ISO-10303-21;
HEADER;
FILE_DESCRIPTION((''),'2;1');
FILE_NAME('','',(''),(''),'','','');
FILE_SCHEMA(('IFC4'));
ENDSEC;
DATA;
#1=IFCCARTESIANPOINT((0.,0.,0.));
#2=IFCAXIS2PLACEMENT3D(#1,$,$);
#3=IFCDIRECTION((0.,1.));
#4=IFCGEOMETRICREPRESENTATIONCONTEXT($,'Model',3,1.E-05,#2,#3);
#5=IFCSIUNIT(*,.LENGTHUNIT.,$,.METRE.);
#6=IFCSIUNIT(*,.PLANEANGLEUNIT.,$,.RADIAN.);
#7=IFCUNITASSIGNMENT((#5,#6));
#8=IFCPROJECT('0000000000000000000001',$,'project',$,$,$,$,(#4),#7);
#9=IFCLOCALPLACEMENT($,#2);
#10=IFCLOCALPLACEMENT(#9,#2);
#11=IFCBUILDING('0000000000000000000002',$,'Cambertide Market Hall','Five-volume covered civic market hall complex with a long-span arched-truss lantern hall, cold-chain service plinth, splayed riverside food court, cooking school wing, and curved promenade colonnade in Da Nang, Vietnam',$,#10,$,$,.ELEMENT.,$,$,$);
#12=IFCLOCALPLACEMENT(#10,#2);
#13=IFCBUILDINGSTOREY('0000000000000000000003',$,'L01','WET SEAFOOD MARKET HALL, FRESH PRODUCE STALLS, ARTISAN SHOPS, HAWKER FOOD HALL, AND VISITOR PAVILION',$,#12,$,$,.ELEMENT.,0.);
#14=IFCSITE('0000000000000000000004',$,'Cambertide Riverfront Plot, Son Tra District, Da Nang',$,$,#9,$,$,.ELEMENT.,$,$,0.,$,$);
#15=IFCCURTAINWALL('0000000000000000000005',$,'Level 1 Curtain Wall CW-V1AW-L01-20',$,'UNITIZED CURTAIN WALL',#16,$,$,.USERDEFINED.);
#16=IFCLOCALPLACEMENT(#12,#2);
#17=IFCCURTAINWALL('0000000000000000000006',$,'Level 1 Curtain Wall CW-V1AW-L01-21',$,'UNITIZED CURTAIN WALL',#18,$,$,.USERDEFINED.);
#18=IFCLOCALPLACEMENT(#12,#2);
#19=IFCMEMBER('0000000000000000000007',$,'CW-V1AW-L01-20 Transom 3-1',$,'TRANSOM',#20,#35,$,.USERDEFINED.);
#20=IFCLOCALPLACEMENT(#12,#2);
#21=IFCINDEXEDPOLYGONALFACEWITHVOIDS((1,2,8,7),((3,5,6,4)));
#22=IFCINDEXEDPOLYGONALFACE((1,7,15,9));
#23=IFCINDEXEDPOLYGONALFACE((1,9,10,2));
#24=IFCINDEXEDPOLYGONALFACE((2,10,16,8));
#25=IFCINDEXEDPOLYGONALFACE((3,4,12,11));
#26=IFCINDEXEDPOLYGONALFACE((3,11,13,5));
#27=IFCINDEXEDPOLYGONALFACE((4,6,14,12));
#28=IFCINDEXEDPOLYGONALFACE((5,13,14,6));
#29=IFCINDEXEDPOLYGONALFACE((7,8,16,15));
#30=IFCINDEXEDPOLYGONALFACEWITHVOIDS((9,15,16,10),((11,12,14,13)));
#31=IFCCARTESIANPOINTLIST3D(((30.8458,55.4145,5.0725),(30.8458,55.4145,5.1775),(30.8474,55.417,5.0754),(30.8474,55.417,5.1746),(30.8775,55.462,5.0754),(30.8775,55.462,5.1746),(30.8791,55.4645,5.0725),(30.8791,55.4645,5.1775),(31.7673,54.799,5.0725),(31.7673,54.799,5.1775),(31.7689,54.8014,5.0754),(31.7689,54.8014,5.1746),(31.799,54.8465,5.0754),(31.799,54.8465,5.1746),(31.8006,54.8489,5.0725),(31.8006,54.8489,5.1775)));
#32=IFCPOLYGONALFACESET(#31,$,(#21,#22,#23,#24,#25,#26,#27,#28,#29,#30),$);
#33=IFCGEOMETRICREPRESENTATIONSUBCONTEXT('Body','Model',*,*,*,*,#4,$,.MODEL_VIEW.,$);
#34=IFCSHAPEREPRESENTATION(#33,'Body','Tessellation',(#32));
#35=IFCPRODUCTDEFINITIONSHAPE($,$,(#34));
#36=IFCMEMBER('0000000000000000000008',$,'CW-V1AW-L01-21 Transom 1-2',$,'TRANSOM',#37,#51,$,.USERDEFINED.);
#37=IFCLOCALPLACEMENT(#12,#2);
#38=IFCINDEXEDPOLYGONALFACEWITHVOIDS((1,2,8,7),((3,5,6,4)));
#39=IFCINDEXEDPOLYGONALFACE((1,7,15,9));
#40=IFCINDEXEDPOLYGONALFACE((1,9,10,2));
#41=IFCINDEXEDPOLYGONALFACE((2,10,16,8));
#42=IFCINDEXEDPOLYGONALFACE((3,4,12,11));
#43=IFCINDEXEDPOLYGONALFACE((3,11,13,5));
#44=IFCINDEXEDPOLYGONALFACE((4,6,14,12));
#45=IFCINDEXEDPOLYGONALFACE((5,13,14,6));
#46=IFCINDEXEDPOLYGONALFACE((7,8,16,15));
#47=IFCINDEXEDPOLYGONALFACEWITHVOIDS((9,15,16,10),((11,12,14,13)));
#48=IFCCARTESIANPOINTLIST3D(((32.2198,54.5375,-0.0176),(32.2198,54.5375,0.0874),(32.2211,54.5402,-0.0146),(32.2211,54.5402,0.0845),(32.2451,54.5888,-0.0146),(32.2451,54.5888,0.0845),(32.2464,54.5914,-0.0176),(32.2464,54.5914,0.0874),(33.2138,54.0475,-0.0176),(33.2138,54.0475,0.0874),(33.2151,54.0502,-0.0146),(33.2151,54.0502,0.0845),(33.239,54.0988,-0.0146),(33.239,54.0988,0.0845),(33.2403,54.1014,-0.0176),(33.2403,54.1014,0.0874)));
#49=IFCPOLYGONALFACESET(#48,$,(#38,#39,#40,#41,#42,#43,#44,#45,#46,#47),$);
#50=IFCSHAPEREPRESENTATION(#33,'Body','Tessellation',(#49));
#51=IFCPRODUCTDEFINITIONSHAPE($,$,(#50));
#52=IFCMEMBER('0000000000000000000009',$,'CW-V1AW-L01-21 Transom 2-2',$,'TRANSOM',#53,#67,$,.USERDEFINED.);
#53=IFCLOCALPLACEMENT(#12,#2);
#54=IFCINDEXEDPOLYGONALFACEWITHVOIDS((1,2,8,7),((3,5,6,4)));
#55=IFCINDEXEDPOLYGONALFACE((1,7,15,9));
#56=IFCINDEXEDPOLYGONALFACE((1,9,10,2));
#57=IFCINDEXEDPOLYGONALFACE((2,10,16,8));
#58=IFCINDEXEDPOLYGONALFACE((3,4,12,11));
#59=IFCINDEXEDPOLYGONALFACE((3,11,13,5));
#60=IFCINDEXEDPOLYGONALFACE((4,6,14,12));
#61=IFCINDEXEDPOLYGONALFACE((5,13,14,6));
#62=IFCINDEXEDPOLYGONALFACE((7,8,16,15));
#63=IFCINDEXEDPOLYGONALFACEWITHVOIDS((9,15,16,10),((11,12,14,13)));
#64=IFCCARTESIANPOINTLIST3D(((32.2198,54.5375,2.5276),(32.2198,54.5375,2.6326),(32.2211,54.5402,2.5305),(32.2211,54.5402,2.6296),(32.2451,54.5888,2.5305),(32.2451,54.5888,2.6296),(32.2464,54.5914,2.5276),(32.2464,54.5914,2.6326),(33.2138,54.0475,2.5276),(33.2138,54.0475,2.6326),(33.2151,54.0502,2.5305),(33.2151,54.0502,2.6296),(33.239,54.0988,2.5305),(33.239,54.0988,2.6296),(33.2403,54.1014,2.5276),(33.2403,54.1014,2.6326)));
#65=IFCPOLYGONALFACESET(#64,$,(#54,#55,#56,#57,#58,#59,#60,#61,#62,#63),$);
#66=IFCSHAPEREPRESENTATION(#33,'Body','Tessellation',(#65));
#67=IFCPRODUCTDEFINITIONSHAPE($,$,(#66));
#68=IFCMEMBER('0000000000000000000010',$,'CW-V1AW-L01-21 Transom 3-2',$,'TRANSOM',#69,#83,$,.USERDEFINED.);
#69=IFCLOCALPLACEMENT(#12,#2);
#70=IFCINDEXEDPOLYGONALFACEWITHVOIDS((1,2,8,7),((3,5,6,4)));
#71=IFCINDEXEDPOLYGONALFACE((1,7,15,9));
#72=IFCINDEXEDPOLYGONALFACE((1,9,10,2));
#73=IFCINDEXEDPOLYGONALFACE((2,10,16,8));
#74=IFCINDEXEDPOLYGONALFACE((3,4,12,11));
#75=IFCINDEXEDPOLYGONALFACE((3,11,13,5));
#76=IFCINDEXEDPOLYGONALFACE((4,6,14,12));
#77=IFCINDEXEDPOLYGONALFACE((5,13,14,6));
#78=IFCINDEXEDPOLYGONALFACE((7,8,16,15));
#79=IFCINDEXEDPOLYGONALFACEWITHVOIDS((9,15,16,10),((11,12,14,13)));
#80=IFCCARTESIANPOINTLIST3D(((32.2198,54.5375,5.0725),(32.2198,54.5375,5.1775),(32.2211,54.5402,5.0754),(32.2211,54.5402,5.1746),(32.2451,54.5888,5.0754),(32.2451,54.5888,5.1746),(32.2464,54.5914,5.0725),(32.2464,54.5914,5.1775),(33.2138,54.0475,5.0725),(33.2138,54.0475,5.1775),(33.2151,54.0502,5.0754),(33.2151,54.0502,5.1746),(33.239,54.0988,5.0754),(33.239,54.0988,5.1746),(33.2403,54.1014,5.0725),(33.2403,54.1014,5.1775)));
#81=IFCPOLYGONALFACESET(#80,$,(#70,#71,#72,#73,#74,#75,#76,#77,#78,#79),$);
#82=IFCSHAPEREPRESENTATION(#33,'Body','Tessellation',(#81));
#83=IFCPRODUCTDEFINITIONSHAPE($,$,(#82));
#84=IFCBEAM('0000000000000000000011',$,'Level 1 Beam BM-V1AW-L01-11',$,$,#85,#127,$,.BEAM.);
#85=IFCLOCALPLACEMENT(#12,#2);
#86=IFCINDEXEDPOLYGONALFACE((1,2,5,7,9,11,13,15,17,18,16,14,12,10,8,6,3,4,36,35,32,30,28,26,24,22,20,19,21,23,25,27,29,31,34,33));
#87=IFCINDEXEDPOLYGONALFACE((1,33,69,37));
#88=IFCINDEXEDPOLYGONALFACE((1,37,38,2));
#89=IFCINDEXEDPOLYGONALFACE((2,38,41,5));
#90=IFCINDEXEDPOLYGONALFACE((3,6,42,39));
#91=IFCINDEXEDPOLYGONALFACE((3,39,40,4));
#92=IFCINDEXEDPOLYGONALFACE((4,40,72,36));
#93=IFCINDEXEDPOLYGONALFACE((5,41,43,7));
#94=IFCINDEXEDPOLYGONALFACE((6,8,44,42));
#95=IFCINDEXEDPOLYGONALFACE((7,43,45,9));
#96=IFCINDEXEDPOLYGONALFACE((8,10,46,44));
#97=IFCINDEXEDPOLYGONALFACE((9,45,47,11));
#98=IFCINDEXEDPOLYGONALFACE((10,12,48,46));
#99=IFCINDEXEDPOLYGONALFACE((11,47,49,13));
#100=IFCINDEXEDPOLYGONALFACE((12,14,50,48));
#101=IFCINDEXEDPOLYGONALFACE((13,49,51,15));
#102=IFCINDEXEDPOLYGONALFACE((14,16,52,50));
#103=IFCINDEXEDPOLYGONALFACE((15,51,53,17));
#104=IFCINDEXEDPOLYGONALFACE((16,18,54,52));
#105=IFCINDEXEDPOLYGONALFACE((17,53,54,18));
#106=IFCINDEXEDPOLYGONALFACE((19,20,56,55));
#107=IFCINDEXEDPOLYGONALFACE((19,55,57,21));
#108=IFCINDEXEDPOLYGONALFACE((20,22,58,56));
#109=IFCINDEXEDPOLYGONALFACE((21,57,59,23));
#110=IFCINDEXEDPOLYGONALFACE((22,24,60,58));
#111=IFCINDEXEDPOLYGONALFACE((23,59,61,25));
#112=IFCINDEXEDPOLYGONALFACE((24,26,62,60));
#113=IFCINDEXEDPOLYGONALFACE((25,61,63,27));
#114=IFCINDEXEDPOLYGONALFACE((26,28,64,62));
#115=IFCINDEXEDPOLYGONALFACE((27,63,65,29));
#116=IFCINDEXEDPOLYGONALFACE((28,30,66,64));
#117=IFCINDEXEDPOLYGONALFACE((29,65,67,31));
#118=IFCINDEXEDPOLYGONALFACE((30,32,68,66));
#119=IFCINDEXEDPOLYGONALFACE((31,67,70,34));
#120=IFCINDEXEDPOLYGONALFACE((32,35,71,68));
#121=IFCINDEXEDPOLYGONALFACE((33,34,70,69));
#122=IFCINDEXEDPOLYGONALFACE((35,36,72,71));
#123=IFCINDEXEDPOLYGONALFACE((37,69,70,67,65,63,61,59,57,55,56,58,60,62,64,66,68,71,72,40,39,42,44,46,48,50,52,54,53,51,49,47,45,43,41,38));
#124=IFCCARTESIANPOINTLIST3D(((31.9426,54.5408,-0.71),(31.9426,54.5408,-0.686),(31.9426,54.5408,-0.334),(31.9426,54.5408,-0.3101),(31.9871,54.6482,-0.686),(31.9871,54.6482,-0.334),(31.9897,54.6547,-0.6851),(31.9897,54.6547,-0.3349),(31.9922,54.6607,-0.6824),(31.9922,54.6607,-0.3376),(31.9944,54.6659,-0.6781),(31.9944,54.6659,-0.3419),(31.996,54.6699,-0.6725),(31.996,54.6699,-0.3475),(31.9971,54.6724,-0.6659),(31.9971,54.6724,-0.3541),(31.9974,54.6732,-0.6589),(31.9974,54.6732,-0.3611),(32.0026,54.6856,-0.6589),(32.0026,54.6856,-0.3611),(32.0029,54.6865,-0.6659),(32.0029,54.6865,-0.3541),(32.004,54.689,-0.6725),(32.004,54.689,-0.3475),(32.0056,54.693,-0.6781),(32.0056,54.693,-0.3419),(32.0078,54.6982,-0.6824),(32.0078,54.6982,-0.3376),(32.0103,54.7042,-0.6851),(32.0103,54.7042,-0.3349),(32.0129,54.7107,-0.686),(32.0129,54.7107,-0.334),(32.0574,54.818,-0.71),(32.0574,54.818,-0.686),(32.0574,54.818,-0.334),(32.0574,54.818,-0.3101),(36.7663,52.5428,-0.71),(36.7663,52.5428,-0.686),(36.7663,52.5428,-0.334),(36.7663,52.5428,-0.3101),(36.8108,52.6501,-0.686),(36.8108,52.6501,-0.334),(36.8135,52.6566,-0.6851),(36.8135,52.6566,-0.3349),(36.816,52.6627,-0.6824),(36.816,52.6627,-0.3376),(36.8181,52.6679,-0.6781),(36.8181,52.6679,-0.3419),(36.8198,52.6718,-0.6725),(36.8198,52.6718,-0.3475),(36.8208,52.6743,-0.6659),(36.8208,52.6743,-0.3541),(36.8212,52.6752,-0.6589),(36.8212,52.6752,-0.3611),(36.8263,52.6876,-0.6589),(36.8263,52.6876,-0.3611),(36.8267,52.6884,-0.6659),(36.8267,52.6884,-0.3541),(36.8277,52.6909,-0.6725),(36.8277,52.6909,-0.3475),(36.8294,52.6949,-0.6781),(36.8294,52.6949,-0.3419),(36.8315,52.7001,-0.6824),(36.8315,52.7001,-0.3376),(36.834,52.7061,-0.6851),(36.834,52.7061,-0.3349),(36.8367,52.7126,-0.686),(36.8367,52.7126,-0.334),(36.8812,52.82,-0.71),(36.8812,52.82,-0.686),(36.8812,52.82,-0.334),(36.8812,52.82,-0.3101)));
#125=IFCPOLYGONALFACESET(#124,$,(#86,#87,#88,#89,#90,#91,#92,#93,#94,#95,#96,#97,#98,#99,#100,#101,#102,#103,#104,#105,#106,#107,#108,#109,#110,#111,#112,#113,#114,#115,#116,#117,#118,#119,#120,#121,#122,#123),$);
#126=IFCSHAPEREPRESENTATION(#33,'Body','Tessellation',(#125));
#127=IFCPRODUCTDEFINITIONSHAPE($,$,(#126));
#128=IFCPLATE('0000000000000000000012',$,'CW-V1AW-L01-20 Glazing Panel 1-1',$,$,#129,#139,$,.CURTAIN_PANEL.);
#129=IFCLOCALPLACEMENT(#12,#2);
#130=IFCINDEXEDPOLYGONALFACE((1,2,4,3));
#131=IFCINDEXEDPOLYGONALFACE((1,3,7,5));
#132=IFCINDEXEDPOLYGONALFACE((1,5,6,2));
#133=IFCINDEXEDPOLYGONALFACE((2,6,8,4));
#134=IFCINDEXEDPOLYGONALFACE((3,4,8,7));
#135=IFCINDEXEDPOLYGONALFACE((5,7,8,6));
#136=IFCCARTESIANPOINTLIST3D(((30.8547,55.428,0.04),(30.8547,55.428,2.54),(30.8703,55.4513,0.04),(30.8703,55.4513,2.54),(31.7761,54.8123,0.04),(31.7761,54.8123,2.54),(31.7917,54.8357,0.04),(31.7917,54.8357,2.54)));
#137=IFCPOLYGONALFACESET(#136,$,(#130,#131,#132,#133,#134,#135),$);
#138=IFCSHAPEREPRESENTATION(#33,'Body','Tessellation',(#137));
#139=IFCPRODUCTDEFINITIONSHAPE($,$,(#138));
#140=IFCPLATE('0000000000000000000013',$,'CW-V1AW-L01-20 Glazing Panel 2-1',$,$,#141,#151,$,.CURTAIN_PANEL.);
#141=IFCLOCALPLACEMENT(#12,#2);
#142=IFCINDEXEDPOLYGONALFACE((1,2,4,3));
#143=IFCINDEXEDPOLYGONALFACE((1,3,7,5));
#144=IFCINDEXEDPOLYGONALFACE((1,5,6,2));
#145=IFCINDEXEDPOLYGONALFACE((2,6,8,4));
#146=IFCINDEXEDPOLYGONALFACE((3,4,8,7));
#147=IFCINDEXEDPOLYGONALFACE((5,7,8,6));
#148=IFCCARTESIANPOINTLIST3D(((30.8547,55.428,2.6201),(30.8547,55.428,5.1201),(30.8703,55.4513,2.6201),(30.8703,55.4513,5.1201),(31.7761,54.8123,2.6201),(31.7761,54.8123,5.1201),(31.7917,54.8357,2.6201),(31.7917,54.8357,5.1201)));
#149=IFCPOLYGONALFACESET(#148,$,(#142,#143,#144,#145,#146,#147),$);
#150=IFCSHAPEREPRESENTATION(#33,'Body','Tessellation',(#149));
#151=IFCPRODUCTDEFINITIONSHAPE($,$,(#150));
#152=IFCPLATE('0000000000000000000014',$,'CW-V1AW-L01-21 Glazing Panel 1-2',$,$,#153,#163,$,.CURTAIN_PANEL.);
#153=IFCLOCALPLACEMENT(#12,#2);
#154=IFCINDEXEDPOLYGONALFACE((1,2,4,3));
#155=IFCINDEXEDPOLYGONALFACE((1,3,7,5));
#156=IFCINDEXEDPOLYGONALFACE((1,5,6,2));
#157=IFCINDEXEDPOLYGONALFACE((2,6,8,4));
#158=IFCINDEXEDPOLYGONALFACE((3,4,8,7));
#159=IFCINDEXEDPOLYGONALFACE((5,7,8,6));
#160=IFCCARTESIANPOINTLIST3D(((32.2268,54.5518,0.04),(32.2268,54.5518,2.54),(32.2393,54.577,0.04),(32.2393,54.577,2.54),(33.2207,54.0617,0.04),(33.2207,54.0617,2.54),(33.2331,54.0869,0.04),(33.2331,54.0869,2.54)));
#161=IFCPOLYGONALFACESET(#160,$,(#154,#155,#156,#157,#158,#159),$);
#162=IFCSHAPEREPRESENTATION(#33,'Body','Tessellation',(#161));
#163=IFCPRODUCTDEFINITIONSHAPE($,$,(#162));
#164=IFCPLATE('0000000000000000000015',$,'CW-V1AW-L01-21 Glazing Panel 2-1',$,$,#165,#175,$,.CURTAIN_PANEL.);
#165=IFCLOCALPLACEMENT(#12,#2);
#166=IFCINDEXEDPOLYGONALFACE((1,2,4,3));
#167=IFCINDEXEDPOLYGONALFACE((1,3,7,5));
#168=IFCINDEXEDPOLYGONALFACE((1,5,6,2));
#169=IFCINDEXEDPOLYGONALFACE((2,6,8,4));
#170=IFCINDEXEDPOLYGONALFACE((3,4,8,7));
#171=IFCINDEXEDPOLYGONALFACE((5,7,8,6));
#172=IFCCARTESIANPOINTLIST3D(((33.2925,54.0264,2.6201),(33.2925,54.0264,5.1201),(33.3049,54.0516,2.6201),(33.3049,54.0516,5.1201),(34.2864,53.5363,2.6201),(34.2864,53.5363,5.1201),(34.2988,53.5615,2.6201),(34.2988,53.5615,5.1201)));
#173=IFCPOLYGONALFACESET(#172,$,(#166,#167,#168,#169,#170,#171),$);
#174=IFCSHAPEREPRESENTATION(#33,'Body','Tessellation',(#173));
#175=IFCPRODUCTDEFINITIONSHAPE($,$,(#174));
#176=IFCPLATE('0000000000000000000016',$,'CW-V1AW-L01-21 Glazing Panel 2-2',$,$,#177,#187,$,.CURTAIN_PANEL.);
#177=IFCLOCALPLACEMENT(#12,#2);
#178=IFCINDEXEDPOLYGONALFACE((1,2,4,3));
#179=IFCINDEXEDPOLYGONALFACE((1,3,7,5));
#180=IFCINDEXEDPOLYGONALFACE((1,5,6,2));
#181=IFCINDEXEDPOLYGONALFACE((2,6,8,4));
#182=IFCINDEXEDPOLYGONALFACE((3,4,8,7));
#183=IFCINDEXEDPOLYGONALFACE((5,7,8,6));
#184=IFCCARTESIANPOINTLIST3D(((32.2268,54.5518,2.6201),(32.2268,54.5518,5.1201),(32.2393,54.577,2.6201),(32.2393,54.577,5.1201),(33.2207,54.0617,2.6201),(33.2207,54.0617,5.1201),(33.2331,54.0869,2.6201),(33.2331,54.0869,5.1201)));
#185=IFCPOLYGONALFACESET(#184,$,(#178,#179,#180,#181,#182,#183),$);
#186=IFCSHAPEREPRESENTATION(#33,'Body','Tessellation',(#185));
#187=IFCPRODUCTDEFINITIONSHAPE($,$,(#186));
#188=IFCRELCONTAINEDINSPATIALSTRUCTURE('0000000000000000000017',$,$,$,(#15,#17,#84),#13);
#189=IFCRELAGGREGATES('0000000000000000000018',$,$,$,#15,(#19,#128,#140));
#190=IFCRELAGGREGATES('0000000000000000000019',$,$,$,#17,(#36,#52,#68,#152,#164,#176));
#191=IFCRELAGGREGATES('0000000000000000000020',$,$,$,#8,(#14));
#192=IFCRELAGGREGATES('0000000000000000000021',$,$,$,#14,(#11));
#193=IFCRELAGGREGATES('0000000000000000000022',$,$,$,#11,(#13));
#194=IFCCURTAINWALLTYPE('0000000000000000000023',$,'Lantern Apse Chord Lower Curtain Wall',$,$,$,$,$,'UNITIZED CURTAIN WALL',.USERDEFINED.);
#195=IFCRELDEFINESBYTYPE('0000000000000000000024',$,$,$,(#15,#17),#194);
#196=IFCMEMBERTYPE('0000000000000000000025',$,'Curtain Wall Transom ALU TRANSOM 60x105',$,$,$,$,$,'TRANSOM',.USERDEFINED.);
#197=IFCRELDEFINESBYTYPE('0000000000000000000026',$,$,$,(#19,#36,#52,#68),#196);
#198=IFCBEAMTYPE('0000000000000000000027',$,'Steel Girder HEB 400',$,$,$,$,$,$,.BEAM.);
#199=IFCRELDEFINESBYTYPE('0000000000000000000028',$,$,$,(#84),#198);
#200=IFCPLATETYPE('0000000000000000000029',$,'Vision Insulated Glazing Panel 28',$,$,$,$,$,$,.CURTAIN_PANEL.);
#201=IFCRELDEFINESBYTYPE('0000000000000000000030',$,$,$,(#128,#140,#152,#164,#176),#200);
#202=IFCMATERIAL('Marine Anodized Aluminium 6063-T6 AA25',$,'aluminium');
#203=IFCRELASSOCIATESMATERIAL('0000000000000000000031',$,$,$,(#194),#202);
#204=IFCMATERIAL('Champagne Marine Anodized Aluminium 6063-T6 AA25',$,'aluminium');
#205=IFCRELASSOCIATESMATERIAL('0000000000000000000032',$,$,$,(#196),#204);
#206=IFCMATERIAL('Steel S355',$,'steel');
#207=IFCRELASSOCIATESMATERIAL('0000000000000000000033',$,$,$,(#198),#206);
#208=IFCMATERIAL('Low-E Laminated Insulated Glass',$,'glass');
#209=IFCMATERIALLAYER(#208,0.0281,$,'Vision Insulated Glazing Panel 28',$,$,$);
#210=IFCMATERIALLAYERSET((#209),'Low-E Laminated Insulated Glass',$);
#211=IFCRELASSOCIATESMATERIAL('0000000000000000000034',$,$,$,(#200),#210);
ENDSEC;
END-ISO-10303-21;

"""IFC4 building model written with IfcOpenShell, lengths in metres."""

from ifc_helpers import new_model, si_unit, direction, frame, origin, origin_2d, place, context, subcontext, project, spatial, rectangle, hollow_rectangle, i_section, extrude, material, layer, layer_set, material_profile, profile_set, type_object, element, aggregate, save


model = new_model("IFC4")

# Units and contexts
model_context = context("Model", 3, precision=1e-05, world=origin(), true_north=direction((0.0, 1.0)))
body_context = subcontext(model_context, "Body", "Model", "MODEL_VIEW")
ifc_project = project(units=[si_unit("LENGTHUNIT", "METRE"), si_unit("PLANEANGLEUNIT", "RADIAN")], contexts=[model_context])

# Site, building, storey
site_placement = place(None, origin())
site = spatial("IfcSite", under=ifc_project, at=site_placement, Name="Cambertide Riverfront Plot, Son Tra District, Da Nang", CompositionType="ELEMENT", RefElevation=0.0)
building_placement = place(site_placement, origin())
building = spatial("IfcBuilding", under=site, at=building_placement, Name="Cambertide Market Hall", Description="Five-volume covered civic market hall complex with a long-span arched-truss lantern hall, cold-chain service plinth, splayed riverside food court, cooking school wing, and curved promenade colonnade in Da Nang, Vietnam", CompositionType="ELEMENT")
storey_placement = place(building_placement, origin())
storey = spatial("IfcBuildingStorey", under=building, at=storey_placement, Name="L01", Description="WET SEAFOOD MARKET HALL, FRESH PRODUCE STALLS, ARTISAN SHOPS, HAWKER FOOD HALL, AND VISITOR PAVILION", CompositionType="ELEMENT", Elevation=0.0)

# Curtain walls
ifc_material_1 = material(Name="Marine Anodized Aluminium 6063-T6 AA25", Category="aluminium")
curtain_wall_type = type_object("IfcCurtainWallType", Name="Lantern Apse Chord Lower Curtain Wall", ElementType="UNITIZED CURTAIN WALL", PredefinedType="USERDEFINED", material=ifc_material_1)
curtain_wall_1_placement = place(storey_placement, origin())
curtain_wall_1 = element("IfcCurtainWall", 1, at=curtain_wall_1_placement, inside=storey, type_object=curtain_wall_type, Name="Level 1 Curtain Wall CW-V1AW-L01-20", ObjectType="UNITIZED CURTAIN WALL", PredefinedType="USERDEFINED")
curtain_wall_2_placement = place(storey_placement, origin())
curtain_wall_2 = element("IfcCurtainWall", 2, at=curtain_wall_2_placement, inside=storey, type_object=curtain_wall_type, Name="Level 1 Curtain Wall CW-V1AW-L01-21", ObjectType="UNITIZED CURTAIN WALL", PredefinedType="USERDEFINED")

# Members
ifc_material_2 = material(Name="Champagne Marine Anodized Aluminium 6063-T6 AA25", Category="aluminium")
ifc_material_profile_1 = material_profile(ifc_material_2, hollow_rectangle(XDim=0.0601, YDim=0.105, WallThickness=0.0029, at=origin_2d()), Name="ALU TRANSOM 60x105")
ifc_profile_set_1 = profile_set([ifc_material_profile_1], Name="Champagne Marine Anodized Aluminium 6063-T6 AA25")
member_type_1 = type_object("IfcMemberType", Name="Curtain Wall Transom ALU TRANSOM 60x105", ElementType="TRANSOM", PredefinedType="USERDEFINED", material=ifc_profile_set_1)
member_1_placement = place(storey_placement, frame((31.7839, 54.824, 5.125), z_axis=(-0.831541, 0.555463, 0.0), x_axis=(-0.555463, -0.831541, 0.0)))
member_1 = element("IfcMember", 3, at=member_1_placement, type_object=member_type_1, Name="CW-V1AW-L01-20 Transom 3-1", ObjectType="TRANSOM", PredefinedType="USERDEFINED", context=body_context, shape_type="SweptSolid", body=[
    extrude(hollow_rectangle(XDim=0.0601, YDim=0.105, WallThickness=0.0029, at=origin_2d()), origin(), (0.0, 0.0, 1.0), 1.1082),
])
member_2_placement = place(storey_placement, frame((33.2271, 54.0745, 0.0349), z_axis=(-0.896925, 0.442183, 0.0), x_axis=(-0.442183, -0.896925, 0.0)))
member_2 = element("IfcMember", 4, at=member_2_placement, type_object=member_type_1, Name="CW-V1AW-L01-21 Transom 1-2", ObjectType="TRANSOM", PredefinedType="USERDEFINED", context=body_context, shape_type="SweptSolid", body=[
    extrude(hollow_rectangle(XDim=0.0601, YDim=0.105, WallThickness=0.0029, at=origin_2d()), origin(), (0.0, 0.0, 1.0), 1.1082),
])
member_3_placement = place(storey_placement, frame((33.2271, 54.0745, 2.5801), z_axis=(-0.896925, 0.442183, 0.0), x_axis=(-0.442183, -0.896925, 0.0)))
member_3 = element("IfcMember", 5, at=member_3_placement, type_object=member_type_1, Name="CW-V1AW-L01-21 Transom 2-2", ObjectType="TRANSOM", PredefinedType="USERDEFINED", context=body_context, shape_type="SweptSolid", body=[
    extrude(hollow_rectangle(XDim=0.0601, YDim=0.105, WallThickness=0.0029, at=origin_2d()), origin(), (0.0, 0.0, 1.0), 1.1082),
])
member_4_placement = place(storey_placement, frame((33.2271, 54.0745, 5.125), z_axis=(-0.896925, 0.442183, 0.0), x_axis=(-0.442183, -0.896925, 0.0)))
member_4 = element("IfcMember", 6, at=member_4_placement, type_object=member_type_1, Name="CW-V1AW-L01-21 Transom 3-2", ObjectType="TRANSOM", PredefinedType="USERDEFINED", context=body_context, shape_type="SweptSolid", body=[
    extrude(hollow_rectangle(XDim=0.0601, YDim=0.105, WallThickness=0.0029, at=origin_2d()), origin(), (0.0, 0.0, 1.0), 1.1082),
])

# Beam
ifc_material_3 = material(Name="Steel S355", Category="steel")
ifc_material_profile_2 = material_profile(ifc_material_3, i_section(OverallWidth=0.3, OverallDepth=0.3999, WebThickness=0.0134, FlangeThickness=0.0239, FilletRadius=0.0271, at=origin_2d()), Name="HEB 400")
ifc_profile_set_2 = profile_set([ifc_material_profile_2], Name="Steel S355")
beam_type = type_object("IfcBeamType", Name="Steel Girder HEB 400", PredefinedType="BEAM", material=ifc_profile_set_2)
beam_placement = place(storey_placement, frame((32.0, 54.6794, -0.51), z_axis=(0.92388, -0.382682, 0.0), x_axis=(0.382682, 0.92388, 0.0)))
element("IfcBeam", 7, at=beam_placement, inside=storey, type_object=beam_type, Name="Level 1 Beam BM-V1AW-L01-11", PredefinedType="BEAM", context=body_context, shape_type="SweptSolid", body=[
    extrude(i_section(OverallWidth=0.3, OverallDepth=0.3999, WebThickness=0.0134, FlangeThickness=0.0239, FilletRadius=0.0271, at=origin_2d()), origin(), (0.0, 0.0, 1.0), 5.2212),
])

# Plates
ifc_material_4 = material(Name="Low-E Laminated Insulated Glass", Category="glass")
ifc_layer_1 = layer(ifc_material_4, 0.0281, Name="Vision Insulated Glazing Panel 28")
ifc_layer_set_1 = layer_set([ifc_layer_1], Name="Low-E Laminated Insulated Glass")
plate_type = type_object("IfcPlateType", Name="Vision Insulated Glazing Panel 28", PredefinedType="CURTAIN_PANEL", material=ifc_layer_set_1)
plate_1_placement = place(storey_placement, frame((31.3232, 55.1318, 0.04), z_axis=(0.0, 0.0, 1.0), x_axis=(-0.83147, 0.55557, 0.0)))
plate_1 = element("IfcPlate", 8, at=plate_1_placement, type_object=plate_type, Name="CW-V1AW-L01-20 Glazing Panel 1-1", PredefinedType="CURTAIN_PANEL", context=body_context, shape_type="SweptSolid", body=[
    extrude(rectangle(XDim=1.1082, YDim=0.0281, at=origin_2d()), origin(), (0.0, 0.0, 1.0), 2.5),
])
plate_2_placement = place(storey_placement, frame((31.3232, 55.1318, 2.6201), z_axis=(0.0, 0.0, 1.0), x_axis=(-0.83147, 0.55557, 0.0)))
plate_2 = element("IfcPlate", 9, at=plate_2_placement, type_object=plate_type, Name="CW-V1AW-L01-20 Glazing Panel 2-1", PredefinedType="CURTAIN_PANEL", context=body_context, shape_type="SweptSolid", body=[
    extrude(rectangle(XDim=1.1082, YDim=0.0281, at=origin_2d()), origin(), (0.0, 0.0, 1.0), 2.5),
])
aggregate(curtain_wall_1, [member_1, plate_1, plate_2])
plate_3_placement = place(storey_placement, frame((32.73, 54.3193, 0.04), z_axis=(0.0, 0.0, 1.0), x_axis=(-0.896873, 0.442289, 0.0)))
plate_3 = element("IfcPlate", 10, at=plate_3_placement, type_object=plate_type, Name="CW-V1AW-L01-21 Glazing Panel 1-2", PredefinedType="CURTAIN_PANEL", context=body_context, shape_type="SweptSolid", body=[
    extrude(rectangle(XDim=1.1082, YDim=0.0281, at=origin_2d()), origin(), (0.0, 0.0, 1.0), 2.5),
])
plate_4_placement = place(storey_placement, frame((33.7957, 53.7939, 2.6201), z_axis=(0.0, 0.0, 1.0), x_axis=(-0.896873, 0.442289, 0.0)))
plate_4 = element("IfcPlate", 11, at=plate_4_placement, type_object=plate_type, Name="CW-V1AW-L01-21 Glazing Panel 2-1", PredefinedType="CURTAIN_PANEL", context=body_context, shape_type="SweptSolid", body=[
    extrude(rectangle(XDim=1.1082, YDim=0.0281, at=origin_2d()), origin(), (0.0, 0.0, 1.0), 2.5),
])
plate_5_placement = place(storey_placement, frame((32.73, 54.3193, 2.6201), z_axis=(0.0, 0.0, 1.0), x_axis=(-0.896873, 0.442289, 0.0)))
plate_5 = element("IfcPlate", 12, at=plate_5_placement, type_object=plate_type, Name="CW-V1AW-L01-21 Glazing Panel 2-2", PredefinedType="CURTAIN_PANEL", context=body_context, shape_type="SweptSolid", body=[
    extrude(rectangle(XDim=1.1082, YDim=0.0281, at=origin_2d()), origin(), (0.0, 0.0, 1.0), 2.5),
])
aggregate(curtain_wall_2, [member_2, member_3, member_4, plate_3, plate_4, plate_5])

save(model, "model.ifc")
